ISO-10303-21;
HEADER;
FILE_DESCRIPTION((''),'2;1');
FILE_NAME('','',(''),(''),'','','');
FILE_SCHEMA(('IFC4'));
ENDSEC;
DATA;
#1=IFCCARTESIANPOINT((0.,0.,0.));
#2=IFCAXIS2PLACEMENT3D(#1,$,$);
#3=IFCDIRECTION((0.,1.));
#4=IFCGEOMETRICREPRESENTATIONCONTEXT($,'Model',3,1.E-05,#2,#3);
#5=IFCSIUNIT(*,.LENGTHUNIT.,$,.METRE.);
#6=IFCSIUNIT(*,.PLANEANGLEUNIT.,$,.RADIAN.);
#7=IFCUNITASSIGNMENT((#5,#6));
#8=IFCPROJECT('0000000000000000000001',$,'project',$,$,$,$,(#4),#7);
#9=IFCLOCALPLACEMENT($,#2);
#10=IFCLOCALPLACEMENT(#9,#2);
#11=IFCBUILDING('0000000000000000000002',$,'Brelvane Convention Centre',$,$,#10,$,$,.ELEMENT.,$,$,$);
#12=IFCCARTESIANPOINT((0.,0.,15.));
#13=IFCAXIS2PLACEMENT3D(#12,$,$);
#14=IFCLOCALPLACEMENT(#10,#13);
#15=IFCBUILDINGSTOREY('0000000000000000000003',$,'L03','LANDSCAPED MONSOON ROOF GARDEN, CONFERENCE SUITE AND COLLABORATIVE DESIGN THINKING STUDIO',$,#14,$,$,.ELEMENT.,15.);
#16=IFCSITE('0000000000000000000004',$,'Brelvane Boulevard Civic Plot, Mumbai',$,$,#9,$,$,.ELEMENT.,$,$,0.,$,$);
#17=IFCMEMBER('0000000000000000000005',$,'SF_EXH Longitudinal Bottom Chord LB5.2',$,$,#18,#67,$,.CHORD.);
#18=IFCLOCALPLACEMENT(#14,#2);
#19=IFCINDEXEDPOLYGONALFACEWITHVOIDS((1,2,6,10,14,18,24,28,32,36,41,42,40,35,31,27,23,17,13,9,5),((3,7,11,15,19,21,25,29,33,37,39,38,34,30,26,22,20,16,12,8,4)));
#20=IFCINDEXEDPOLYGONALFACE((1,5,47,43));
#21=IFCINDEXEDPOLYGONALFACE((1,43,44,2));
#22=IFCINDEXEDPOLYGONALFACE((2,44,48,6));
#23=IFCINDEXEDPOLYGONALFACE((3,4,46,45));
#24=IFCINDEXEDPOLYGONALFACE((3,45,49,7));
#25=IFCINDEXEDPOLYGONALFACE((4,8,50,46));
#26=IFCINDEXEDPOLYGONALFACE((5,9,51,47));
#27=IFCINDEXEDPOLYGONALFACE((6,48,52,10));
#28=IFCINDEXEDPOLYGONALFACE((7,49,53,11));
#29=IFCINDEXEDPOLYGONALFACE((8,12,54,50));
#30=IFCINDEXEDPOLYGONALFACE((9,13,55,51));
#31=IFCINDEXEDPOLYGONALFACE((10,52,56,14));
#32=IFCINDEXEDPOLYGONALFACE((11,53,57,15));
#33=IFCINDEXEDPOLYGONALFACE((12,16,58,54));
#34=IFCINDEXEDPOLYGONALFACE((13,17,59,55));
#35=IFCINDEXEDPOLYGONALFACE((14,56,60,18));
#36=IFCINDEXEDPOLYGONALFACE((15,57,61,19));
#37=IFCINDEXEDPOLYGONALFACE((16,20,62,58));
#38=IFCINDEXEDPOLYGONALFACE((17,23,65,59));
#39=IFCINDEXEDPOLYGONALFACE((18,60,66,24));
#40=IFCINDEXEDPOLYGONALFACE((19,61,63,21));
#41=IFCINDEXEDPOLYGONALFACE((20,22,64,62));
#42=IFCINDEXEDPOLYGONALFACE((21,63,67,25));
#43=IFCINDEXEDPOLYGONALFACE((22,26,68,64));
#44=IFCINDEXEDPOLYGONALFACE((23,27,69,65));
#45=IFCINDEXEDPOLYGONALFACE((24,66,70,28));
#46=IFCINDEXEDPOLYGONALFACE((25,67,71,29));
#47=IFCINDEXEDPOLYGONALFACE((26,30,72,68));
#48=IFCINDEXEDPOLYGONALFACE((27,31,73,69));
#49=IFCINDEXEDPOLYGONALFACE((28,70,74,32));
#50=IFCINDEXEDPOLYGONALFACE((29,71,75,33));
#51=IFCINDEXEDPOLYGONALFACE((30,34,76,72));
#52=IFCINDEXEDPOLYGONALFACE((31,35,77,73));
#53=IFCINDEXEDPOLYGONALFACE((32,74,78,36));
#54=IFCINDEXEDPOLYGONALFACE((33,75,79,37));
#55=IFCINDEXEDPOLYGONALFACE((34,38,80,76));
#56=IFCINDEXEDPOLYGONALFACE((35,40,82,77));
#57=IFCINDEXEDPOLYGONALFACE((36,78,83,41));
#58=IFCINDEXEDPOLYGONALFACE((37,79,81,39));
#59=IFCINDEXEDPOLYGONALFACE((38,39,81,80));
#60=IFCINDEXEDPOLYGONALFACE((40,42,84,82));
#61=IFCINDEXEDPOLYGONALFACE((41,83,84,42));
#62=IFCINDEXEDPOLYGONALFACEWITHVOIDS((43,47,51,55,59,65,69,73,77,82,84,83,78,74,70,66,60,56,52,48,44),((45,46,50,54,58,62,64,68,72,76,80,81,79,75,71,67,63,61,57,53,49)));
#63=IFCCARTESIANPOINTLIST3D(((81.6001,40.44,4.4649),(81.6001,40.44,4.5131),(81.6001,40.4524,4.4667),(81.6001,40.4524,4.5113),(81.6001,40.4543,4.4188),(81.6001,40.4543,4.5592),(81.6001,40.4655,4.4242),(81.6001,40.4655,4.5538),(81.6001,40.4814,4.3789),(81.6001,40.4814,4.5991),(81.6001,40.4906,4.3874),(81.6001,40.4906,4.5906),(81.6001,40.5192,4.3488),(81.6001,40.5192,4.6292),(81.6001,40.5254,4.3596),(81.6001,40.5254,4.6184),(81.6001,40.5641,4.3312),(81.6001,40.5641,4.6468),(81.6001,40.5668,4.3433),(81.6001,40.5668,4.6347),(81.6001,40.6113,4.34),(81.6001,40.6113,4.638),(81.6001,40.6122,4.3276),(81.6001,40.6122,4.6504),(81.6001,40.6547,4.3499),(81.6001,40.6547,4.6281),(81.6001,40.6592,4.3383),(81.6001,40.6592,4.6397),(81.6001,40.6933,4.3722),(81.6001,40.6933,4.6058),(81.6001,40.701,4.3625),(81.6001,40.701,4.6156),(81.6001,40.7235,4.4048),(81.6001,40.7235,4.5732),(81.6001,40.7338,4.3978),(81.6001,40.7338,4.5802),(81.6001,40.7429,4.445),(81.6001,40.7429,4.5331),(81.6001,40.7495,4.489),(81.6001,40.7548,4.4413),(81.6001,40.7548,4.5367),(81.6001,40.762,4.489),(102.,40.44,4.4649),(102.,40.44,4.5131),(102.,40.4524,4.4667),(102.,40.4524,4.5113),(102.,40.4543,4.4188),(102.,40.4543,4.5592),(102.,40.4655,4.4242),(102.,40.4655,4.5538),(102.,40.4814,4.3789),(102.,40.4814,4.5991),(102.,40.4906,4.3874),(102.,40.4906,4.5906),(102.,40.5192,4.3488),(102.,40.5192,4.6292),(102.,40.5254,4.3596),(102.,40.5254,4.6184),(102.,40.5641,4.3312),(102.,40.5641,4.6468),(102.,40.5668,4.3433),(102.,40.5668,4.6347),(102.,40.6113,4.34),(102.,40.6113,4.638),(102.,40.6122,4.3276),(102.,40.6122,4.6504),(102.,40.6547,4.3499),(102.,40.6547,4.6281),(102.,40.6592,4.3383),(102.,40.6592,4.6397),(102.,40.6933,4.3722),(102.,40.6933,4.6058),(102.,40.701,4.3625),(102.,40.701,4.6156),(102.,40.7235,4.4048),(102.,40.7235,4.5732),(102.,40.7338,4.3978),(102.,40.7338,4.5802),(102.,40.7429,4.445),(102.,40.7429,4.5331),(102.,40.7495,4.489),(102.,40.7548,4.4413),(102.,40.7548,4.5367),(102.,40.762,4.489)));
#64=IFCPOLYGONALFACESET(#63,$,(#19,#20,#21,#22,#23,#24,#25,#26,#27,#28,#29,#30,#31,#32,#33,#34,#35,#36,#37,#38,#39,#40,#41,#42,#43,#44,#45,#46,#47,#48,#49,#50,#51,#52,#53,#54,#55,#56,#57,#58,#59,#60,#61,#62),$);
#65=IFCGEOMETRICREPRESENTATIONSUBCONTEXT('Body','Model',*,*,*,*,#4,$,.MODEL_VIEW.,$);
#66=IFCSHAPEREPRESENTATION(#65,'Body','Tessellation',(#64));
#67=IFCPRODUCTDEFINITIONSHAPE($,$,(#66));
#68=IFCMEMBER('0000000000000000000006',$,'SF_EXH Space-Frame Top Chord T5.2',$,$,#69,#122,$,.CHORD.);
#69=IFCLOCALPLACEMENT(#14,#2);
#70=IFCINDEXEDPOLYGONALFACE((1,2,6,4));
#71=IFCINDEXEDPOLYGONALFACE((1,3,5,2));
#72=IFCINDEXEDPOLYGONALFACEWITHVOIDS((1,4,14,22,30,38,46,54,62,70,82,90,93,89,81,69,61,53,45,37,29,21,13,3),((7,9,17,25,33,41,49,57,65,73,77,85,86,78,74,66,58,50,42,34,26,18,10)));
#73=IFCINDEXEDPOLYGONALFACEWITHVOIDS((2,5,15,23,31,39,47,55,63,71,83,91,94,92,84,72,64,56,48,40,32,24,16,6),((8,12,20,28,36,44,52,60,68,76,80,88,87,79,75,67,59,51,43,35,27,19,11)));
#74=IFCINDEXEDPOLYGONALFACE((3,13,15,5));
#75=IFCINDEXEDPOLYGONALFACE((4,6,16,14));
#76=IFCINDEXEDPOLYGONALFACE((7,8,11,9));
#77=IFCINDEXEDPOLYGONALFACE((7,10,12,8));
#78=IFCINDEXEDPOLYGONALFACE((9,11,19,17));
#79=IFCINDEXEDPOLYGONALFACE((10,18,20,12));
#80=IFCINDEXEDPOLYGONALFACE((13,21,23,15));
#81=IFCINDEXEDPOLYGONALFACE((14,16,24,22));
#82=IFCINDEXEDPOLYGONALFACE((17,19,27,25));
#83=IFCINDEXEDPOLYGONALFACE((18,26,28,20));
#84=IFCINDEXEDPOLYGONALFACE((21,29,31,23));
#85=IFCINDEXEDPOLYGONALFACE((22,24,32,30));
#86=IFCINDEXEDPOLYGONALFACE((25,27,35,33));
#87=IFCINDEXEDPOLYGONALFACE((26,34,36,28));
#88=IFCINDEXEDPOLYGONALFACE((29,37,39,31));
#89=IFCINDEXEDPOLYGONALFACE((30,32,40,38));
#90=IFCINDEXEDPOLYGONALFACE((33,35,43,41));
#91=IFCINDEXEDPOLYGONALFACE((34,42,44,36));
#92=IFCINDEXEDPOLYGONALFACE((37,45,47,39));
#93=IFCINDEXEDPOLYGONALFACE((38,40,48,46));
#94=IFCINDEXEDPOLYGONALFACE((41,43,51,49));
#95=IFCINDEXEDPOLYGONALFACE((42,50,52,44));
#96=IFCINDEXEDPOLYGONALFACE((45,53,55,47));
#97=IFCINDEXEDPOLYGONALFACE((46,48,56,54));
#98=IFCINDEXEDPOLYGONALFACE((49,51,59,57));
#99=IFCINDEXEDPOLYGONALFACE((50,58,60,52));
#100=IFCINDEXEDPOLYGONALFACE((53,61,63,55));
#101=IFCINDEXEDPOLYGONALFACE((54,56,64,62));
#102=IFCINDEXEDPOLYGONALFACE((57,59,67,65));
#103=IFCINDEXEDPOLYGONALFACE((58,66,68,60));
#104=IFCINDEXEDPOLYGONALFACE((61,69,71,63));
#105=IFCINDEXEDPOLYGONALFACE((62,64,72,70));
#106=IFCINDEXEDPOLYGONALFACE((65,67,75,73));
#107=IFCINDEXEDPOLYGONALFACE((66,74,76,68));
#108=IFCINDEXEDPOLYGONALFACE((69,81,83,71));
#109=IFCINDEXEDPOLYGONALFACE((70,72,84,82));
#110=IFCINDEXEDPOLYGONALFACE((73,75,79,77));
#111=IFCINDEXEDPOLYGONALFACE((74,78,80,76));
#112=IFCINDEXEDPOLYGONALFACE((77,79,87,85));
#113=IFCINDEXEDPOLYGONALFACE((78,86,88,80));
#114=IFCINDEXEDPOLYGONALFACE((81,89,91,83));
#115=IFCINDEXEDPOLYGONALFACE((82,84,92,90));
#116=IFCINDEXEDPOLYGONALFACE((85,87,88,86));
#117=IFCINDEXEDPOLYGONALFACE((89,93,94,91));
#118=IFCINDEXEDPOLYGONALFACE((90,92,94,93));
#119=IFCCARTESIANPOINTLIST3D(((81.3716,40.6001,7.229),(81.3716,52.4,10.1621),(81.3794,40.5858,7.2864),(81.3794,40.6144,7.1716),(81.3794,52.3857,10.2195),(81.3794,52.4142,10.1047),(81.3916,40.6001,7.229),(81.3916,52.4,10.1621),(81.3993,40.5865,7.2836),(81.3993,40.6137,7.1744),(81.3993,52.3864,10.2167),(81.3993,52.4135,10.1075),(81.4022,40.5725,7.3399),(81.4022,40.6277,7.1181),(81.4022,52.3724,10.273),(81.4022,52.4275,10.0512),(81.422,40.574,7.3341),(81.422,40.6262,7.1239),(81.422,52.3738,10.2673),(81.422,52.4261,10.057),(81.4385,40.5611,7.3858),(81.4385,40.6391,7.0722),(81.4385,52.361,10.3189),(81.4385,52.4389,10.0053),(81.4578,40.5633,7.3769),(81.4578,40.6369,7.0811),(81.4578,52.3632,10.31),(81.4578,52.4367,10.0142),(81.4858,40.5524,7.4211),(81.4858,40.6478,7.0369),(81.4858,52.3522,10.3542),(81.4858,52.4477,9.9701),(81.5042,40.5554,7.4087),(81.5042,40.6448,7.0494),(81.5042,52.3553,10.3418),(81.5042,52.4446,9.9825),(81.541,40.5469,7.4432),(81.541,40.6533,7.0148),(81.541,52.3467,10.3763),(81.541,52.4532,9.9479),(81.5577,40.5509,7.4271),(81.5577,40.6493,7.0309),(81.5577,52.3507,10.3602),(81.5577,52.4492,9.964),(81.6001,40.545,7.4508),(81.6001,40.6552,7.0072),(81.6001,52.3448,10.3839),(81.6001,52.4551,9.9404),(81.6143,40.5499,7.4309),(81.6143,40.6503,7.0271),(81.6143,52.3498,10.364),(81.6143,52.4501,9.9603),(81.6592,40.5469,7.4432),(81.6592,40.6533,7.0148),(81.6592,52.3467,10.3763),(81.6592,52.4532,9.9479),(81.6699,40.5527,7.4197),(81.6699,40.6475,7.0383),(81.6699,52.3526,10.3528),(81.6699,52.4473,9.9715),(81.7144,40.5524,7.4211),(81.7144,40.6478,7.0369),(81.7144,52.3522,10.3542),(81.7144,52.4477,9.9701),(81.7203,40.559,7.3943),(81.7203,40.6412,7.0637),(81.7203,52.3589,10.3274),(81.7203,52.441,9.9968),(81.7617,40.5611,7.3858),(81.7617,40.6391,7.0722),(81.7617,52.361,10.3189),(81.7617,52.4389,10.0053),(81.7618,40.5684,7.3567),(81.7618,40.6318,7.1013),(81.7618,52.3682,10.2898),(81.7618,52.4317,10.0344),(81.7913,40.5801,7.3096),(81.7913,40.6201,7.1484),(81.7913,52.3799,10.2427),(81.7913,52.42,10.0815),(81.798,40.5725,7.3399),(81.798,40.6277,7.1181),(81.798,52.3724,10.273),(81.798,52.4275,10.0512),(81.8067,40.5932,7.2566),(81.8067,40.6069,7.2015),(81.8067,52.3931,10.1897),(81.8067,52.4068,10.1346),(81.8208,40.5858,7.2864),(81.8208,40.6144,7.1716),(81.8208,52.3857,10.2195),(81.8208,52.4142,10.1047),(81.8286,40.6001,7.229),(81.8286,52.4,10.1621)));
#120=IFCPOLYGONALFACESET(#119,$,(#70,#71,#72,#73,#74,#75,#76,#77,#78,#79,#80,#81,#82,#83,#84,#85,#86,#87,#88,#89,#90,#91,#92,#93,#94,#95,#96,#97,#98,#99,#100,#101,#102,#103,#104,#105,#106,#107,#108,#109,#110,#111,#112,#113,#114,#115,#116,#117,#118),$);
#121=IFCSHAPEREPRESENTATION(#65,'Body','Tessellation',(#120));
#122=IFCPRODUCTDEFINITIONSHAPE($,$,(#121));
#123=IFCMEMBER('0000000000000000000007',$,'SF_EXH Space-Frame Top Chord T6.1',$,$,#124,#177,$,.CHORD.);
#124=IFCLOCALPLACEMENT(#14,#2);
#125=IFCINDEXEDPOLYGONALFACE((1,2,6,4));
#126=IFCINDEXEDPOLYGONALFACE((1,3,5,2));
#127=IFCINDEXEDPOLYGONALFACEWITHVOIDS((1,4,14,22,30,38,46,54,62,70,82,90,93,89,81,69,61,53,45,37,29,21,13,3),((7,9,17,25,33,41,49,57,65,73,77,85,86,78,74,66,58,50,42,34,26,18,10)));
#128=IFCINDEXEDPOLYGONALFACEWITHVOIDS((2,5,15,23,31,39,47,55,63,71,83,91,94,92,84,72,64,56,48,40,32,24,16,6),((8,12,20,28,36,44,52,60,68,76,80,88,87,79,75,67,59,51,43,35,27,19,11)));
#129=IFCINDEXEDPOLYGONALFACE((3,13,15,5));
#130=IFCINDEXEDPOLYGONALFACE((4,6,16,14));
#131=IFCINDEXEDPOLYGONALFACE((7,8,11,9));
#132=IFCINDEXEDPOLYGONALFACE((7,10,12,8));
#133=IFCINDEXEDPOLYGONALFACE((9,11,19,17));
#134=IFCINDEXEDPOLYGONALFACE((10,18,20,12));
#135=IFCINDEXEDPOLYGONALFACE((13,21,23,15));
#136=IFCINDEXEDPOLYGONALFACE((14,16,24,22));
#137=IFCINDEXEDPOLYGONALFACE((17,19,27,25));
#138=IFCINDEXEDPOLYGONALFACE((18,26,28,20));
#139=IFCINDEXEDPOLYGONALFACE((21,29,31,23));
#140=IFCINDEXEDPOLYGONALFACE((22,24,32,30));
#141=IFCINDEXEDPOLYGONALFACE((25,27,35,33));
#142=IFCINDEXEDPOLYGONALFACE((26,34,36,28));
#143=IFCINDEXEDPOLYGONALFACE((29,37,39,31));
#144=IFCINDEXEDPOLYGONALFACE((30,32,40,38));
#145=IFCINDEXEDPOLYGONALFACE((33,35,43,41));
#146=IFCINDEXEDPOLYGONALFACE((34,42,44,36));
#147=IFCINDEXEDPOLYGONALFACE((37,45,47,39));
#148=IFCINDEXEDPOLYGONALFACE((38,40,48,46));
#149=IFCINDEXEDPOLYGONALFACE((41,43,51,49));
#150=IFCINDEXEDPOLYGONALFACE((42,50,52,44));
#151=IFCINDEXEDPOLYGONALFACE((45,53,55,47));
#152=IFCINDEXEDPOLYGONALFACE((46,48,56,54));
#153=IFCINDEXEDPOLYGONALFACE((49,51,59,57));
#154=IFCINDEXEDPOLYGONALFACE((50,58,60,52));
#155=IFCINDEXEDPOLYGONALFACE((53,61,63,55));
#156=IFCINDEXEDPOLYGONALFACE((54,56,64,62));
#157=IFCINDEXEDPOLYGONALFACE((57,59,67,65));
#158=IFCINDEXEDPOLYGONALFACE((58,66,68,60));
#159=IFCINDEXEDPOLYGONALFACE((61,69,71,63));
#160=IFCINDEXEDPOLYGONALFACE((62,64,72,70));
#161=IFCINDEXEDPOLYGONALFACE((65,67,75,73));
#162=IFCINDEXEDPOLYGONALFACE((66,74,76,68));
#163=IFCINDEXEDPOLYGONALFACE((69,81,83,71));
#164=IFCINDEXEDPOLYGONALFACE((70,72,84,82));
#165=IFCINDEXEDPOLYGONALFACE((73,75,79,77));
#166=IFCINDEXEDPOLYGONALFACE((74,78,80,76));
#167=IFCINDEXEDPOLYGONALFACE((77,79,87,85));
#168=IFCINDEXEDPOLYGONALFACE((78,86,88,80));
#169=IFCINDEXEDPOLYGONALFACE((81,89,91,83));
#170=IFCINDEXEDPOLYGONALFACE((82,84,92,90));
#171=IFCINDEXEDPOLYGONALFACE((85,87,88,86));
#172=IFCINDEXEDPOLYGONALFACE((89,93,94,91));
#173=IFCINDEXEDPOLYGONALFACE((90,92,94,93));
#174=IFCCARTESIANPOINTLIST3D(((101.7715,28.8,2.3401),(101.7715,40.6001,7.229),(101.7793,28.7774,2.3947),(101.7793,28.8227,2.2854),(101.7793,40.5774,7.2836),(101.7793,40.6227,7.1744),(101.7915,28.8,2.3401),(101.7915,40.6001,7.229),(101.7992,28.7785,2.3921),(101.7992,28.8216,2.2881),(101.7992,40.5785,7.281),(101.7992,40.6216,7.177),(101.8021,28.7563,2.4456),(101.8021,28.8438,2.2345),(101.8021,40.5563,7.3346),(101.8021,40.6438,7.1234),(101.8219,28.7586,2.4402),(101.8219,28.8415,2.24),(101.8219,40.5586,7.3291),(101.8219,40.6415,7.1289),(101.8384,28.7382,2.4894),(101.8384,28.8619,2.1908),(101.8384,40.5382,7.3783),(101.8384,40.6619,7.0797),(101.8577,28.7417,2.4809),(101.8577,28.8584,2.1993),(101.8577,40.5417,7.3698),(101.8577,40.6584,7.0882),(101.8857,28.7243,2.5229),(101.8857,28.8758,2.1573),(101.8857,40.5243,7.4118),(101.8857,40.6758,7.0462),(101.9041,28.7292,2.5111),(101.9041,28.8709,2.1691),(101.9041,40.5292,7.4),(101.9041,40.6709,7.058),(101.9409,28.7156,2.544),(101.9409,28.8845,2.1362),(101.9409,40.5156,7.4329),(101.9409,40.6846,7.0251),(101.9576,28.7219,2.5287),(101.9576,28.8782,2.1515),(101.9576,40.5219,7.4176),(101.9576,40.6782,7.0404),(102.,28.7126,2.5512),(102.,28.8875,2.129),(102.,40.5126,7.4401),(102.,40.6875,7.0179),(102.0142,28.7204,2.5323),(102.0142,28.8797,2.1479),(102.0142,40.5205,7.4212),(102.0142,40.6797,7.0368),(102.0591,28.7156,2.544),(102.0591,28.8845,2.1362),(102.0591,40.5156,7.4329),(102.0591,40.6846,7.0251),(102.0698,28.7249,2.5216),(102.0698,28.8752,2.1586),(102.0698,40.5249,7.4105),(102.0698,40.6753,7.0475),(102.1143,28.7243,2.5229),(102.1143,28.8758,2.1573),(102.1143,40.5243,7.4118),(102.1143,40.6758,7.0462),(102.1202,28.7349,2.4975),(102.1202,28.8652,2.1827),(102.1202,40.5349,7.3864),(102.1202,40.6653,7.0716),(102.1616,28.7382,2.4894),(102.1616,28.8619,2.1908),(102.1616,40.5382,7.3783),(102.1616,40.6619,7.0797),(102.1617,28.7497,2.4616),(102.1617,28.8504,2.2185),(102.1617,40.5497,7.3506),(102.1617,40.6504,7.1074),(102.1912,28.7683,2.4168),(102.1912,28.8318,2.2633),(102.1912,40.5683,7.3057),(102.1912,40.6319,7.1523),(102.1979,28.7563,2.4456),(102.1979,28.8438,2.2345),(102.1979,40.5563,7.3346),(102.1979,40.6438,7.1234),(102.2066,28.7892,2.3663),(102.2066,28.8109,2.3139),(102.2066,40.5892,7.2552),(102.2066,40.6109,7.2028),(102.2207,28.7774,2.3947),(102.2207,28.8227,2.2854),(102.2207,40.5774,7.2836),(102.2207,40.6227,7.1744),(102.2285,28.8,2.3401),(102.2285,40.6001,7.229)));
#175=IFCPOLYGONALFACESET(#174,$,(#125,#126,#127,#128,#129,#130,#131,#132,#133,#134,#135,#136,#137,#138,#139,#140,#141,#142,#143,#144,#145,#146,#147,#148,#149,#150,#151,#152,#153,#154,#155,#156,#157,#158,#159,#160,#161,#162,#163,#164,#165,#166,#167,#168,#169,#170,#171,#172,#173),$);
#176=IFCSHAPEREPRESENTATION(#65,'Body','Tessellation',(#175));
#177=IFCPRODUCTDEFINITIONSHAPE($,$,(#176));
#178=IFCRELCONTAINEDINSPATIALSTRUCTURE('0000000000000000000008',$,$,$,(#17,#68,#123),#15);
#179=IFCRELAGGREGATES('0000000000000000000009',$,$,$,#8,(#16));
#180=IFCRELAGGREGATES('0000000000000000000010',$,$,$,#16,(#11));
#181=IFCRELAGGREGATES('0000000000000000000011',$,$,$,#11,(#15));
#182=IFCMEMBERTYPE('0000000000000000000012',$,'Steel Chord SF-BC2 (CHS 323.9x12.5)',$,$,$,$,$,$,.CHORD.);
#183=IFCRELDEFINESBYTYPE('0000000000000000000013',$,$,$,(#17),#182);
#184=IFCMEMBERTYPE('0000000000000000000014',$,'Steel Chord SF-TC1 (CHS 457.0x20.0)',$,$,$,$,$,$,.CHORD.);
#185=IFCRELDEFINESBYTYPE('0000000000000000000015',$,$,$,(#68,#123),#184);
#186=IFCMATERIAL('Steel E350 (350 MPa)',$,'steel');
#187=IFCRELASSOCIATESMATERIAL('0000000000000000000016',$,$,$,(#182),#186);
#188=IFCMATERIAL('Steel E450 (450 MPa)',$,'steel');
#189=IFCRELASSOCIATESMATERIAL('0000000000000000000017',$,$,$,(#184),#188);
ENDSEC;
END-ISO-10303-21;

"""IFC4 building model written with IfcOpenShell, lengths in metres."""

from ifc_helpers import new_model, si_unit, direction, frame, origin, origin_2d, place, context, subcontext, project, spatial, hollow_circle, extrude, material, material_profile, profile_set, type_object, element, save


model = new_model("IFC4")

# Units and contexts
model_context = context("Model", 3, precision=1e-05, world=origin(), true_north=direction((0.0, 1.0)))
body_context = subcontext(model_context, "Body", "Model", "MODEL_VIEW")
ifc_project = project(units=[si_unit("LENGTHUNIT", "METRE"), si_unit("PLANEANGLEUNIT", "RADIAN")], contexts=[model_context])

# Site, building, storey
site_placement = place(None, origin())
site = spatial("IfcSite", under=ifc_project, at=site_placement, Name="Brelvane Boulevard Civic Plot, Mumbai", CompositionType="ELEMENT", RefElevation=0.0)
building_placement = place(site_placement, origin())
building = spatial("IfcBuilding", under=site, at=building_placement, Name="Brelvane Convention Centre", CompositionType="ELEMENT")
storey_placement = place(building_placement, frame((0.0, 0.0, 15.0)))
storey = spatial("IfcBuildingStorey", under=building, at=storey_placement, Name="L03", Description="LANDSCAPED MONSOON ROOF GARDEN, CONFERENCE SUITE AND COLLABORATIVE DESIGN THINKING STUDIO", CompositionType="ELEMENT", Elevation=15.0)

# Members
ifc_material_1 = material(Name="Steel E350 (350 MPa)", Category="steel")
ifc_material_profile_1 = material_profile(ifc_material_1, hollow_circle(Radius=0.1619, WallThickness=0.0125, at=origin_2d()), Name="CHS 323.9x12.5")
ifc_profile_set_1 = profile_set([ifc_material_profile_1], Name="Steel E350 (350 MPa)")
member_type_1 = type_object("IfcMemberType", Name="Steel Chord SF-BC2 (CHS 323.9x12.5)", PredefinedType="CHORD", material=ifc_profile_set_1)
member_1_placement = place(storey_placement, frame((81.6001, 40.6001, 4.489), z_axis=(1.0, 0.0, 0.0), x_axis=(0.0, 1.0, 0.0)))
element("IfcMember", 1, at=member_1_placement, inside=storey, type_object=member_type_1, Name="SF_EXH Longitudinal Bottom Chord LB5.2", PredefinedType="CHORD", context=body_context, shape_type="SweptSolid", body=[
    extrude(hollow_circle(Radius=0.1619, WallThickness=0.0125, at=origin_2d()), origin(), (0.0, 0.0, 1.0), 20.3999),
])
ifc_material_2 = material(Name="Steel E450 (450 MPa)", Category="steel")
ifc_material_profile_2 = material_profile(ifc_material_2, hollow_circle(Radius=0.2285, WallThickness=0.02, at=origin_2d()), Name="CHS 457.0x20.0")
ifc_profile_set_2 = profile_set([ifc_material_profile_2], Name="Steel E450 (450 MPa)")
member_type_2 = type_object("IfcMemberType", Name="Steel Chord SF-TC1 (CHS 457.0x20.0)", PredefinedType="CHORD", material=ifc_profile_set_2)
member_2_placement = place(storey_placement, frame((81.6001, 40.6001, 7.229), z_axis=(0.0, 0.970468, 0.241231), x_axis=(-1.0, 0.0, 0.0)))
element("IfcMember", 2, at=member_2_placement, inside=storey, type_object=member_type_2, Name="SF_EXH Space-Frame Top Chord T5.2", PredefinedType="CHORD", context=body_context, shape_type="SweptSolid", body=[
    extrude(hollow_circle(Radius=0.2285, WallThickness=0.02, at=origin_2d()), origin(), (0.0, 0.0, 1.0), 12.1589),
])
member_3_placement = place(storey_placement, frame((102.0, 28.8, 2.3401), z_axis=(0.0, 0.923847, 0.382762), x_axis=(-1.0, 0.0, 0.0)))
element("IfcMember", 3, at=member_3_placement, inside=storey, type_object=member_type_2, Name="SF_EXH Space-Frame Top Chord T6.1", PredefinedType="CHORD", context=body_context, shape_type="SweptSolid", body=[
    extrude(hollow_circle(Radius=0.2285, WallThickness=0.02, at=origin_2d()), origin(), (0.0, 0.0, 1.0), 12.7727),
])

save(model, "model.ifc")
